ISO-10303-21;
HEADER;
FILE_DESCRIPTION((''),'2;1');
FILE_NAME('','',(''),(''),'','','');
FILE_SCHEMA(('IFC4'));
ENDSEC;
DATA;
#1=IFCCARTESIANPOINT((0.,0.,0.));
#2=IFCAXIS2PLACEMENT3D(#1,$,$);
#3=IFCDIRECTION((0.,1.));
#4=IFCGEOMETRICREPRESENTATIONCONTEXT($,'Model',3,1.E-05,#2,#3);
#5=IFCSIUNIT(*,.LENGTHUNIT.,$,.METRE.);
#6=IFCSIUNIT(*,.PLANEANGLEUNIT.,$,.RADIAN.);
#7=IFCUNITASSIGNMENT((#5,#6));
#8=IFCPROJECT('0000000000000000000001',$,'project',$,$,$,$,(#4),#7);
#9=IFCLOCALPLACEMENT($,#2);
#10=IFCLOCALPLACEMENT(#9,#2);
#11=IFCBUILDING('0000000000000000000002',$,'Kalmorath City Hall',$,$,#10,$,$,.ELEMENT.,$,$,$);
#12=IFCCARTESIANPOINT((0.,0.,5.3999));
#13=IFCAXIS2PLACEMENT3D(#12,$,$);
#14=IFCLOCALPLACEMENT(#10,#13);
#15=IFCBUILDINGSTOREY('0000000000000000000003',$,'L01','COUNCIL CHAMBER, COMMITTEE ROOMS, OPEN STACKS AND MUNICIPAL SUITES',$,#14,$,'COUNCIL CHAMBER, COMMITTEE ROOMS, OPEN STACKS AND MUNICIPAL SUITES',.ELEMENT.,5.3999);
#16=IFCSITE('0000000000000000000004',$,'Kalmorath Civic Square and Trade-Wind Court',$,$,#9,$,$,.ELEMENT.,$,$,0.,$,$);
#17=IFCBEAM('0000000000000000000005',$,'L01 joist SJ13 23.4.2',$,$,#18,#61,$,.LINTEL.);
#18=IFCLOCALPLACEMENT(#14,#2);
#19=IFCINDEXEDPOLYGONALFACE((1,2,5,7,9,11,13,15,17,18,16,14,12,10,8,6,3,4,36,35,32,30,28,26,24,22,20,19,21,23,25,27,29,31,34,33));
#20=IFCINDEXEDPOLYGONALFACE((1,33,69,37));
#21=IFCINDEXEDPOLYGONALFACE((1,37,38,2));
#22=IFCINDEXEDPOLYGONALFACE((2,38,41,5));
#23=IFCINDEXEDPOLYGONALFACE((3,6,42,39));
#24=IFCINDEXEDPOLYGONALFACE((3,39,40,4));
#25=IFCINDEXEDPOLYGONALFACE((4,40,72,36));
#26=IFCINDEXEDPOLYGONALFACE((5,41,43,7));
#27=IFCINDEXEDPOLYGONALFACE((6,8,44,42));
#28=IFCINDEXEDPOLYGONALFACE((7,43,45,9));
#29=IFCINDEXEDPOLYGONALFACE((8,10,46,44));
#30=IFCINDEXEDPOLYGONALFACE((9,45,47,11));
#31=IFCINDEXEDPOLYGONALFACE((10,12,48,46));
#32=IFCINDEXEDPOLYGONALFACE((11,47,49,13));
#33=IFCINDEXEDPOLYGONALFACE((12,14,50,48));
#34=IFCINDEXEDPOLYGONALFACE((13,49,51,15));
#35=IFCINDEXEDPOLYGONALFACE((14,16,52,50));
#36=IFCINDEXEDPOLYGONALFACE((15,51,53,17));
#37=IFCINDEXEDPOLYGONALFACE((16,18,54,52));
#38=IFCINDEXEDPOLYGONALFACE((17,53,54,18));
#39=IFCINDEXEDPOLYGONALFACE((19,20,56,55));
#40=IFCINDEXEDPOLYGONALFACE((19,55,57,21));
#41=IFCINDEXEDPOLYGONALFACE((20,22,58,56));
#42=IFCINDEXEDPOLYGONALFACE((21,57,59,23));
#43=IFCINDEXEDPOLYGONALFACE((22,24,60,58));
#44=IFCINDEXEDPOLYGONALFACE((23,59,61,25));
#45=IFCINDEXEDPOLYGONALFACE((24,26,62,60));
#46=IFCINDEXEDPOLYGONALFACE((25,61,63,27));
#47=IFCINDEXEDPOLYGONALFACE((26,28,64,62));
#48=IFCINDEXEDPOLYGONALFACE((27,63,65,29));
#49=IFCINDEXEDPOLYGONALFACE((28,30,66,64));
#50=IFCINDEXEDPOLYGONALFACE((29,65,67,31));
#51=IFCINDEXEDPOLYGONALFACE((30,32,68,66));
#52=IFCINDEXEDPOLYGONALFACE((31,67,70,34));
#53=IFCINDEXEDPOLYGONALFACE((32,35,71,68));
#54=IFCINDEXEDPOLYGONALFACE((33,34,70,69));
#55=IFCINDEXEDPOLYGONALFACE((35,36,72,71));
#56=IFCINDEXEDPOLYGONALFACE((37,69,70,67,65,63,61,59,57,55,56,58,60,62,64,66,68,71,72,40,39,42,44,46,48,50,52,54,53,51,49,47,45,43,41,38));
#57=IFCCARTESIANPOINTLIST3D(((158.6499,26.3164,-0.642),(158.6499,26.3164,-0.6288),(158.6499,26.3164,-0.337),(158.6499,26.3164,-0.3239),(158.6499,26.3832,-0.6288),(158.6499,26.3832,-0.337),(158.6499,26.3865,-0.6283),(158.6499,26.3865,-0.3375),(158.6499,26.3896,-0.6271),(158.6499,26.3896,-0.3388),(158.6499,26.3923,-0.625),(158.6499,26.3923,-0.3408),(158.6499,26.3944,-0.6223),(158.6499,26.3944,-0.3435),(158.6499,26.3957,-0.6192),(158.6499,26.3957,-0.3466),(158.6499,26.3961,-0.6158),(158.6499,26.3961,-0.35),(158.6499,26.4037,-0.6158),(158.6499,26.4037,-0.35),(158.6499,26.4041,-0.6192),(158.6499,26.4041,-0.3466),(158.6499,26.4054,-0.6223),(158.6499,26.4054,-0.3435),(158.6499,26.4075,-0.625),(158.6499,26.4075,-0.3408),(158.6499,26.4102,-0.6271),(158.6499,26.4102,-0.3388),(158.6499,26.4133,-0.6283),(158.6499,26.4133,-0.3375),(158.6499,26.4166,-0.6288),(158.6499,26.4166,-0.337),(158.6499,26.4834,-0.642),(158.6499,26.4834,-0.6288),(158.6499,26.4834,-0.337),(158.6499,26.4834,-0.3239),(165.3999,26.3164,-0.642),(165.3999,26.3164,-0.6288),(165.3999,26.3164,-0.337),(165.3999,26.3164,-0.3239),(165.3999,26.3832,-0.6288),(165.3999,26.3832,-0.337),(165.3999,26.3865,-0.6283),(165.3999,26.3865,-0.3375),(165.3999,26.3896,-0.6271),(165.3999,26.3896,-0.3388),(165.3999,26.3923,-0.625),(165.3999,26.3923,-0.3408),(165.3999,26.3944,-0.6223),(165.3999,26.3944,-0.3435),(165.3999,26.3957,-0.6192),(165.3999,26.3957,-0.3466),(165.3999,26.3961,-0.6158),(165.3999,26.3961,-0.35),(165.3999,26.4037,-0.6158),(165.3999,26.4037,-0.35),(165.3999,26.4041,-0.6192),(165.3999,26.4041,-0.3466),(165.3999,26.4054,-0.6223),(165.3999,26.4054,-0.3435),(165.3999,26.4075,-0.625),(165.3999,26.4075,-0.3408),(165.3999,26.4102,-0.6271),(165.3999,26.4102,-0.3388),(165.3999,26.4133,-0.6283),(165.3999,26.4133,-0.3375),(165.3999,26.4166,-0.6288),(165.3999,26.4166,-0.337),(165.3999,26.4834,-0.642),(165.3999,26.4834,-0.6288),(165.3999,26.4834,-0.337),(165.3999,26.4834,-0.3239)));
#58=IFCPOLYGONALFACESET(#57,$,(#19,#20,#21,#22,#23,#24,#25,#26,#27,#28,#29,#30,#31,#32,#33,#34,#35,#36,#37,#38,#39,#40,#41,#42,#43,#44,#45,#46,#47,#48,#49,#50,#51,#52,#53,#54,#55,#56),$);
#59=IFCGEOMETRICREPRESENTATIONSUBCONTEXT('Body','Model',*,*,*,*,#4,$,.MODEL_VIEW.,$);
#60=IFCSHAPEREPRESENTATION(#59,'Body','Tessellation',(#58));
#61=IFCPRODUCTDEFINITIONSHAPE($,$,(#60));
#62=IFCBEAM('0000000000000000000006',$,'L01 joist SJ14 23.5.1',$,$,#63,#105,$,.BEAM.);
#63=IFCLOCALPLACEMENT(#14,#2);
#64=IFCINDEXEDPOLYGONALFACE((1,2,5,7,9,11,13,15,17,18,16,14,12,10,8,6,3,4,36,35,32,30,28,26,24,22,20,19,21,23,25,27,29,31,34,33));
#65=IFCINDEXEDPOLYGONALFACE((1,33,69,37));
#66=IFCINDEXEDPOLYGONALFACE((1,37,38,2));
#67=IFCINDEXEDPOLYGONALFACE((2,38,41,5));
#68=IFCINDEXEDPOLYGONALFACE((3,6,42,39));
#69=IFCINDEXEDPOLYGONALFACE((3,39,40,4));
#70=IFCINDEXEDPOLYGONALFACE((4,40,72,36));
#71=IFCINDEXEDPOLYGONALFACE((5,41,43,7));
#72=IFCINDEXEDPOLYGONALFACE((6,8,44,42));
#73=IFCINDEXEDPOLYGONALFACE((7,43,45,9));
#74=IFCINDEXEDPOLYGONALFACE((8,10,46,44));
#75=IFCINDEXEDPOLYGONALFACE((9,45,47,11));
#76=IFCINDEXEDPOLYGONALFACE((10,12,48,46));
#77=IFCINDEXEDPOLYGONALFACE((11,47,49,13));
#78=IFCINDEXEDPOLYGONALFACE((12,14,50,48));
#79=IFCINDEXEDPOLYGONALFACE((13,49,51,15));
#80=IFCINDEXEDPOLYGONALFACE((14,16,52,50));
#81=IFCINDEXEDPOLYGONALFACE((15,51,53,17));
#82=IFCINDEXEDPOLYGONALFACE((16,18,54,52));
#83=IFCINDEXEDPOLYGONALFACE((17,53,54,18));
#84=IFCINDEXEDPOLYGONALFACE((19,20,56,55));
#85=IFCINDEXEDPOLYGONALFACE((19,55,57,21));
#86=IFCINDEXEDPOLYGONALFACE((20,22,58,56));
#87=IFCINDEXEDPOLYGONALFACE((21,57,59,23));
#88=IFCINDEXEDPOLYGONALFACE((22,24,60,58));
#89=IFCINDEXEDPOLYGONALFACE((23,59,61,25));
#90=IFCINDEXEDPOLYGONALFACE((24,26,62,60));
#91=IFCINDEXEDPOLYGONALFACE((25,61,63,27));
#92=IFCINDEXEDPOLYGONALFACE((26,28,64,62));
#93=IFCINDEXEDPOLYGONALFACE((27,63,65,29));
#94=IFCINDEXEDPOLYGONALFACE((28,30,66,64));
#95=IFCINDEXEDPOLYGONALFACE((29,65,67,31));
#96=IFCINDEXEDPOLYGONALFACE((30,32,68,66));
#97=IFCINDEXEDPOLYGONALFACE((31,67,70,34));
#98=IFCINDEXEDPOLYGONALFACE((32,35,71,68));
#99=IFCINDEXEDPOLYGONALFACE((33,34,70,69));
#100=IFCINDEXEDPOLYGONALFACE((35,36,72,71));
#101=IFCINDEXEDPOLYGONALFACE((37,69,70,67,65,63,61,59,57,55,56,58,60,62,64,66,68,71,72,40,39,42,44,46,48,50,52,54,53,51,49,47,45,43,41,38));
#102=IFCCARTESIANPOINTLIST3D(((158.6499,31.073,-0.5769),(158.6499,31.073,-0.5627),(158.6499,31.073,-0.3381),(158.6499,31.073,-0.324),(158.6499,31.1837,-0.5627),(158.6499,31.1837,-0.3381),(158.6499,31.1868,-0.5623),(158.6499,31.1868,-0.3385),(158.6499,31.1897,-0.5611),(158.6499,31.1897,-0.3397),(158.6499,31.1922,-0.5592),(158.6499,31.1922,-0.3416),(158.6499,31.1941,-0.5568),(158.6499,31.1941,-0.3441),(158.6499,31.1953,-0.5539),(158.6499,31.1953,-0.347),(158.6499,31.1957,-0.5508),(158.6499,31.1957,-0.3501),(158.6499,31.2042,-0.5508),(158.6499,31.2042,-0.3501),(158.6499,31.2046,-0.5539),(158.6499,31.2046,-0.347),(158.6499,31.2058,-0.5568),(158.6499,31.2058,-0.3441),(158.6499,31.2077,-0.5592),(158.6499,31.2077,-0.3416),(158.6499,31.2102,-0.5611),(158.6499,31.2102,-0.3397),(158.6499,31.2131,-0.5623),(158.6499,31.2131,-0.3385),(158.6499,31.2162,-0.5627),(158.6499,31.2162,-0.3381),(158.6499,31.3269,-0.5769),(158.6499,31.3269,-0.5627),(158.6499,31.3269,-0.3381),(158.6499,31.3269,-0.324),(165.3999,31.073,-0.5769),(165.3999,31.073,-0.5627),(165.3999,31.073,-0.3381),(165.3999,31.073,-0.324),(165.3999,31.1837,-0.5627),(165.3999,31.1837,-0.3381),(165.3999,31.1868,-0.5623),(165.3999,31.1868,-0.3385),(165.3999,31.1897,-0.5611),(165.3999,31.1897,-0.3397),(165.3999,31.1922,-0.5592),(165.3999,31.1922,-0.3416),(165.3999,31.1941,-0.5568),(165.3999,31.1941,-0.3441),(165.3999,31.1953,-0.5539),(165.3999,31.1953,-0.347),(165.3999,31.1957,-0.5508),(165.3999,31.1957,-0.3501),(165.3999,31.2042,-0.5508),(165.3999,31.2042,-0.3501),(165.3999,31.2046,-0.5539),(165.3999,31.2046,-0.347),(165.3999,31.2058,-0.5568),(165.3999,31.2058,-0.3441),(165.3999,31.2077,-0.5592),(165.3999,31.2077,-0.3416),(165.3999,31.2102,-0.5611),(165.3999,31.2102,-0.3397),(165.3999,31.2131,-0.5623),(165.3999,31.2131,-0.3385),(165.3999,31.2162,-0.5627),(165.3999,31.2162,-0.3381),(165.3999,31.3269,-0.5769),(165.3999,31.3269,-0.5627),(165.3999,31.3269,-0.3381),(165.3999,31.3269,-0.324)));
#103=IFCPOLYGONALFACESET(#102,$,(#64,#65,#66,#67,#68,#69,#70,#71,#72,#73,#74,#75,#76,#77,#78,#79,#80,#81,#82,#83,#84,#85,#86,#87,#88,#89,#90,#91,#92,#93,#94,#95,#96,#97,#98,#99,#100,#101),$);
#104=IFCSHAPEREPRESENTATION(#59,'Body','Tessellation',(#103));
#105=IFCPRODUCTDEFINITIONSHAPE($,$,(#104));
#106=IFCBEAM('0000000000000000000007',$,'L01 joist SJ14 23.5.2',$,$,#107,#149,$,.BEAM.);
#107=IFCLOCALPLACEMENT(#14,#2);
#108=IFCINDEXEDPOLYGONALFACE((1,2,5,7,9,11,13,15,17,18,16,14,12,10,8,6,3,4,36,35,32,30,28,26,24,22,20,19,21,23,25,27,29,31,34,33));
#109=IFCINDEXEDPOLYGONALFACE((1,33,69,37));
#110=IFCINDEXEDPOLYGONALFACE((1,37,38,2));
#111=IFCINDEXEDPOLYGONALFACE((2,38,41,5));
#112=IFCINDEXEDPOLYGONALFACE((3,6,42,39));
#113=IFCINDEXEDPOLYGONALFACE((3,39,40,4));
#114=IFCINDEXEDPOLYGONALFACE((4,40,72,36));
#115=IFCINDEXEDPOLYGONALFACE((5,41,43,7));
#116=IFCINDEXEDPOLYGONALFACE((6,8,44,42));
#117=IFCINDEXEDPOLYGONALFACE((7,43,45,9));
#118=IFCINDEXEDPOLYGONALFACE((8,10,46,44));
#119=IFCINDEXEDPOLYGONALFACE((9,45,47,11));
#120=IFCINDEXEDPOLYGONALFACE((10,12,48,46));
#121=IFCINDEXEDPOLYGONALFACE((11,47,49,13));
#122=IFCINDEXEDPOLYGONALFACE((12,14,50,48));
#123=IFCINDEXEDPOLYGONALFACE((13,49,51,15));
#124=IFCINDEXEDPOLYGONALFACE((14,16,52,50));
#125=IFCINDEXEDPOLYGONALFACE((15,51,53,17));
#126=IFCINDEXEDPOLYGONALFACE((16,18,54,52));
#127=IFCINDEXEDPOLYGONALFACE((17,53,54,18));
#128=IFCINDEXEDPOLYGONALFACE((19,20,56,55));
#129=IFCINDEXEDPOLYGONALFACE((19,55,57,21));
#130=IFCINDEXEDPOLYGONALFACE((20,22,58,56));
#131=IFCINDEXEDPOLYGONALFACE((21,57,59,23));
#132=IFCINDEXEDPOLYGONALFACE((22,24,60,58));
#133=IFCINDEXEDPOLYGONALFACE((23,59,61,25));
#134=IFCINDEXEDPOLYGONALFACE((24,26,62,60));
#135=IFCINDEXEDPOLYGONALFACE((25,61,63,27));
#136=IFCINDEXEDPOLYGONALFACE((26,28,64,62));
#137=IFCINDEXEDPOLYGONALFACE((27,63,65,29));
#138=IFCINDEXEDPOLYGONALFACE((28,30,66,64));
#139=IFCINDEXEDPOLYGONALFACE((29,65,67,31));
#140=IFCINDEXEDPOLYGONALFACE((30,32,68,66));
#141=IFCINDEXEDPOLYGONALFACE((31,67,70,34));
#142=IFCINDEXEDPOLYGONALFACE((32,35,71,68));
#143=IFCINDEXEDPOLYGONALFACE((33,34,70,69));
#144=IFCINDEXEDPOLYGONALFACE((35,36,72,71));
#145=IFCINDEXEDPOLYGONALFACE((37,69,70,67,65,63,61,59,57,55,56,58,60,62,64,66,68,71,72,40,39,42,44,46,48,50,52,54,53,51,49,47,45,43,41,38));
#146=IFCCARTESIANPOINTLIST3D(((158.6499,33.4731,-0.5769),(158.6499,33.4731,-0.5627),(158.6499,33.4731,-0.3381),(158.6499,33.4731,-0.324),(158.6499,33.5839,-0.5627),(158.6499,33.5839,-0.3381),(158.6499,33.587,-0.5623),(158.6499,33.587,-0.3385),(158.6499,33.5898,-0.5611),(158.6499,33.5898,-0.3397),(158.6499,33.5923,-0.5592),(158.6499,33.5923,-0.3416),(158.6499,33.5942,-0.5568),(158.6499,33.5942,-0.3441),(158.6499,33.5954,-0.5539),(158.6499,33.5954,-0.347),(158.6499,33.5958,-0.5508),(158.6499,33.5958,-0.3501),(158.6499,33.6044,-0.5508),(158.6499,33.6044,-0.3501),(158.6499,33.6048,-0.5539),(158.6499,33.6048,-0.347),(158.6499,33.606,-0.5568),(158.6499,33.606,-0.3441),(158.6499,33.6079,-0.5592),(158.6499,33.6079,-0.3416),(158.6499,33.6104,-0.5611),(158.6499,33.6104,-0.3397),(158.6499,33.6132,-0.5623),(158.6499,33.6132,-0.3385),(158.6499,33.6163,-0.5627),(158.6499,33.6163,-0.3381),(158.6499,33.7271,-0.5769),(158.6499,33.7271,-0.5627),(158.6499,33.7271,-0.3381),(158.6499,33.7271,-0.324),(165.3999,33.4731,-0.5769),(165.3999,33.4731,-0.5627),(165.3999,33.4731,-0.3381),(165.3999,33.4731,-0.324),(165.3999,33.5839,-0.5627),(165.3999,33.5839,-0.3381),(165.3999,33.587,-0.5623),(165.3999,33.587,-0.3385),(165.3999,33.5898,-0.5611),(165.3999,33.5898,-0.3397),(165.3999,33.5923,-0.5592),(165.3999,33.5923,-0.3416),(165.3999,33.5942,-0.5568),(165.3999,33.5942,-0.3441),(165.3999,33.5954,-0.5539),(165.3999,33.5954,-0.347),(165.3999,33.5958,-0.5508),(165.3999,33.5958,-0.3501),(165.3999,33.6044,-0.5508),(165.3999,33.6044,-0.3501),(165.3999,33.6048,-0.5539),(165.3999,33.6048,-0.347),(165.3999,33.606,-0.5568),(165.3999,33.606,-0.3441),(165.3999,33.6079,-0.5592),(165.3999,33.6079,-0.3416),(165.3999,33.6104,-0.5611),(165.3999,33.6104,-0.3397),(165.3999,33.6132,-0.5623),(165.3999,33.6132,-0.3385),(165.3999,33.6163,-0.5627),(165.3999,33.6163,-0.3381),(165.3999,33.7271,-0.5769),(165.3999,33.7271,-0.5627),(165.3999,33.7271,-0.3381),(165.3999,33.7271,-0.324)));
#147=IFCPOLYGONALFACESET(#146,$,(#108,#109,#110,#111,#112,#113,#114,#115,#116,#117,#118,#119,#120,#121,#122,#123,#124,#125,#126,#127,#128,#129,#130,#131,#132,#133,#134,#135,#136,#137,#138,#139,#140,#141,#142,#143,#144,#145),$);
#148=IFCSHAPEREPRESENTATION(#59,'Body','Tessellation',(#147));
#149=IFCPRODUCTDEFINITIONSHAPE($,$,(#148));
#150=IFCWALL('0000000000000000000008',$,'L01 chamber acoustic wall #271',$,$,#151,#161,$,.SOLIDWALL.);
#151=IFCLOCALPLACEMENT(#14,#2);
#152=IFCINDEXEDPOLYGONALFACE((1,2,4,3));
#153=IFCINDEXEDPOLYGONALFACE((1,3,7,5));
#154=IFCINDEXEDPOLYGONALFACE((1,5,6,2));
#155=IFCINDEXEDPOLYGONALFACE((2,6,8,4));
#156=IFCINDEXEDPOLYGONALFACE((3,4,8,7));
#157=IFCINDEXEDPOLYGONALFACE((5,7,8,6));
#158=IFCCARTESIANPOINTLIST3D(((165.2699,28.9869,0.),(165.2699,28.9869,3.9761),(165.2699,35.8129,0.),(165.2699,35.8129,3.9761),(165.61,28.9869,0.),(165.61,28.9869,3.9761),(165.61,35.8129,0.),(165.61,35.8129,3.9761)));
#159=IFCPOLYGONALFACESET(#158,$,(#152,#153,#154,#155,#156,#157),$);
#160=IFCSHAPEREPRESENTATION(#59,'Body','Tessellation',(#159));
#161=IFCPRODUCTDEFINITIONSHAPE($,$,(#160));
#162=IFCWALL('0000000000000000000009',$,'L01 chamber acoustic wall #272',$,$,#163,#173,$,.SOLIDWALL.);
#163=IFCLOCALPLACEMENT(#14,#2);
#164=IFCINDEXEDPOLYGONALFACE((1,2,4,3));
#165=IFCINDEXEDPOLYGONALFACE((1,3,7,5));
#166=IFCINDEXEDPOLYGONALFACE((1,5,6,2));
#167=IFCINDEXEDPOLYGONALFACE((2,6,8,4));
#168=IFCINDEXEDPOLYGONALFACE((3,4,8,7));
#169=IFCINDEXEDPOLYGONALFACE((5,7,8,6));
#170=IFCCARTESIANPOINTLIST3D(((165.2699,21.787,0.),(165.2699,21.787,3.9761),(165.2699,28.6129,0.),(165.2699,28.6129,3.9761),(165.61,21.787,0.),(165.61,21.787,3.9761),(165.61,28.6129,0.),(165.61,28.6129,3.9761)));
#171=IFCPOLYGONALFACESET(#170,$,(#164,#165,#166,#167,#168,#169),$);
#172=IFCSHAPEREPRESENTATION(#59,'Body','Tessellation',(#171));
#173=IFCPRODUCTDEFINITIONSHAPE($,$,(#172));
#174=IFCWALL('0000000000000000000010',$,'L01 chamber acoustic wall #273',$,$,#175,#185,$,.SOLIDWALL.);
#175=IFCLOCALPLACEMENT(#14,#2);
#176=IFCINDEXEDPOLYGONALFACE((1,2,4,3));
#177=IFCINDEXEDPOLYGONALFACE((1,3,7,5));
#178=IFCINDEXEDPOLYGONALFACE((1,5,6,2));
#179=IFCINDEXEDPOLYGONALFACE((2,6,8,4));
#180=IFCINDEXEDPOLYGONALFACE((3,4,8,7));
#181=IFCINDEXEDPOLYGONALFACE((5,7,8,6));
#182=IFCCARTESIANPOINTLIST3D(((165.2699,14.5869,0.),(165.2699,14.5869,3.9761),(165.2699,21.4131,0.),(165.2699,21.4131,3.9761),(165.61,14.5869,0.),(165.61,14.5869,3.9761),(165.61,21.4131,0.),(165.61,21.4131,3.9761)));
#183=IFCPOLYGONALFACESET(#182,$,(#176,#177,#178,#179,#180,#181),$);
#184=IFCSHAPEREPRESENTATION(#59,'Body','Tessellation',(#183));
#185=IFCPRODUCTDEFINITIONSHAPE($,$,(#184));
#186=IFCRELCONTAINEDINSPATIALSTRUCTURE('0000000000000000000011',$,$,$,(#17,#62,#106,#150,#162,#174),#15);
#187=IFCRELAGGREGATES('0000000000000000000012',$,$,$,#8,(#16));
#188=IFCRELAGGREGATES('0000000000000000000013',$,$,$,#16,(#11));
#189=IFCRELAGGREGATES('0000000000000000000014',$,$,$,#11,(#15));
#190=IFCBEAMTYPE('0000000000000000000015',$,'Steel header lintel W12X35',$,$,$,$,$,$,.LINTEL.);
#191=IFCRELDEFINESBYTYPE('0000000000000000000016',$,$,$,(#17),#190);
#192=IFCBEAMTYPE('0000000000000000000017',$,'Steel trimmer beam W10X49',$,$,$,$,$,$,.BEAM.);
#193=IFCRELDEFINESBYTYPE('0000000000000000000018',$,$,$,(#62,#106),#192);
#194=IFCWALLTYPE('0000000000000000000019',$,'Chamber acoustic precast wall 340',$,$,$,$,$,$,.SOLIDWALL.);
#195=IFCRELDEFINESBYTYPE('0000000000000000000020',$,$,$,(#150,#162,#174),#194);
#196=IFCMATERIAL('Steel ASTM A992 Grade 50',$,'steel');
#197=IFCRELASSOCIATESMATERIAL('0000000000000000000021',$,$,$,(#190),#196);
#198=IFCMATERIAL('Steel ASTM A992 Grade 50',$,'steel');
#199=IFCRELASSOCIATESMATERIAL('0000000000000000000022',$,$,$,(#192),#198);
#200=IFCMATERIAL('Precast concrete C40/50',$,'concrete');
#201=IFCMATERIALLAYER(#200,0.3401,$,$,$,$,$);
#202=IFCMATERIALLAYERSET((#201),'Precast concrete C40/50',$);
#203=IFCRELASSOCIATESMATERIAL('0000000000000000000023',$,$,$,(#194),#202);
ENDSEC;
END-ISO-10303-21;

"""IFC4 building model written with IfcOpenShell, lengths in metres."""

from ifc_helpers import new_model, si_unit, direction, frame, frame_2d, origin, origin_2d, place, context, subcontext, project, spatial, rectangle, i_section, extrude, material, layer, layer_set, material_profile, profile_set, type_object, element, save


model = new_model("IFC4")

# Units and contexts
model_context = context("Model", 3, precision=1e-05, world=origin(), true_north=direction((0.0, 1.0)))
body_context = subcontext(model_context, "Body", "Model", "MODEL_VIEW")
ifc_project = project(units=[si_unit("LENGTHUNIT", "METRE"), si_unit("PLANEANGLEUNIT", "RADIAN")], contexts=[model_context])

# Site, building, storey
site_placement = place(None, origin())
site = spatial("IfcSite", under=ifc_project, at=site_placement, Name="Kalmorath Civic Square and Trade-Wind Court", CompositionType="ELEMENT", RefElevation=0.0)
building_placement = place(site_placement, origin())
building = spatial("IfcBuilding", under=site, at=building_placement, Name="Kalmorath City Hall", CompositionType="ELEMENT")
storey_placement = place(building_placement, frame((0.0, 0.0, 5.3999)))
storey = spatial("IfcBuildingStorey", under=building, at=storey_placement, Name="L01", Description="COUNCIL CHAMBER, COMMITTEE ROOMS, OPEN STACKS AND MUNICIPAL SUITES", LongName="COUNCIL CHAMBER, COMMITTEE ROOMS, OPEN STACKS AND MUNICIPAL SUITES", CompositionType="ELEMENT", Elevation=5.3999)

# Beams
ifc_material_1 = material(Name="Steel ASTM A992 Grade 50", Category="steel")
ifc_material_profile_1 = material_profile(ifc_material_1, i_section(OverallWidth=0.167, OverallDepth=0.3181, WebThickness=0.0076, FlangeThickness=0.0132, FilletRadius=0.0129, at=origin_2d()), Name="W12X35")
ifc_profile_set_1 = profile_set([ifc_material_profile_1], Name="Steel ASTM A992 Grade 50")
beam_type_1 = type_object("IfcBeamType", Name="Steel header lintel W12X35", PredefinedType="LINTEL", material=ifc_profile_set_1)
for number, where, z_axis, x_axis, name in (
    (1, (158.6499, 26.3999, -0.4829), (1.0, 0.0, 0.0), (0.0, 1.0, 0.0), "L01 joist SJ13 23.4.2"),
):
    element("IfcBeam", number, at=place(storey_placement, frame(where, z_axis=z_axis, x_axis=x_axis)), inside=storey, type_object=beam_type_1, Name=name, PredefinedType="LINTEL", context=body_context, shape_type="SweptSolid", body=[
        extrude(i_section(OverallWidth=0.167, OverallDepth=0.3181, WebThickness=0.0076, FlangeThickness=0.0132, FilletRadius=0.0129, at=origin_2d()), origin(), (0.0, 0.0, 1.0), 6.75),
    ])
ifc_material_2 = material(Name="Steel ASTM A992 Grade 50", Category="steel")
ifc_material_profile_2 = material_profile(ifc_material_2, i_section(OverallWidth=0.2539, OverallDepth=0.2529, WebThickness=0.0085, FlangeThickness=0.0142, FilletRadius=0.012, at=origin_2d()), Name="W10X49")
ifc_profile_set_2 = profile_set([ifc_material_profile_2], Name="Steel ASTM A992 Grade 50")
beam_type_2 = type_object("IfcBeamType", Name="Steel trimmer beam W10X49", PredefinedType="BEAM", material=ifc_profile_set_2)
for number, where, z_axis, x_axis, name in (
    (2, (158.6499, 31.2, -0.4504), (1.0, 0.0, 0.0), (0.0, 1.0, 0.0), "L01 joist SJ14 23.5.1"),
    (3, (158.6499, 33.6001, -0.4504), (1.0, 0.0, 0.0), (0.0, 1.0, 0.0), "L01 joist SJ14 23.5.2"),
):
    element("IfcBeam", number, at=place(storey_placement, frame(where, z_axis=z_axis, x_axis=x_axis)), inside=storey, type_object=beam_type_2, Name=name, PredefinedType="BEAM", context=body_context, shape_type="SweptSolid", body=[
        extrude(i_section(OverallWidth=0.2539, OverallDepth=0.2529, WebThickness=0.0085, FlangeThickness=0.0142, FilletRadius=0.012, at=origin_2d()), origin(), (0.0, 0.0, 1.0), 6.75),
    ])

# Walls
ifc_material_3 = material(Name="Precast concrete C40/50", Category="concrete")
ifc_layer_1 = layer(ifc_material_3, 0.3401)
ifc_layer_set_1 = layer_set([ifc_layer_1], Name="Precast concrete C40/50")
wall_type_1 = type_object("IfcWallType", Name="Chamber acoustic precast wall 340", PredefinedType="SOLIDWALL", material=ifc_layer_set_1)
for number, where, z_axis, x_axis, name in (
    (4, (165.4399, 35.813, 0.0), (0.0, 0.0, 1.0), (0.0, -1.0, 0.0), "L01 chamber acoustic wall #271"),
    (5, (165.4399, 28.613, 0.0), (0.0, 0.0, 1.0), (0.0, -1.0, 0.0), "L01 chamber acoustic wall #272"),
):
    element("IfcWall", number, at=place(storey_placement, frame(where, z_axis=z_axis, x_axis=x_axis)), inside=storey, type_object=wall_type_1, Name=name, PredefinedType="SOLIDWALL", context=body_context, shape_type="SweptSolid", body=[
        extrude(rectangle(XDim=6.8259, YDim=0.3401, at=frame_2d((3.4131, 0.0))), origin(), (0.0, 0.0, 1.0), 3.9761),
    ])
wall_1_placement = place(storey_placement, frame((165.4399, 21.4131, 0.0), z_axis=(0.0, 0.0, 1.0), x_axis=(0.0, -1.0, 0.0)))
element("IfcWall", 6, at=wall_1_placement, inside=storey, type_object=wall_type_1, Name="L01 chamber acoustic wall #273", PredefinedType="SOLIDWALL", context=body_context, shape_type="SweptSolid", body=[
    extrude(rectangle(XDim=6.8262, YDim=0.3401, at=frame_2d((3.4131, 0.0))), origin(), (0.0, 0.0, 1.0), 3.9761),
])

save(model, "model.ifc")
